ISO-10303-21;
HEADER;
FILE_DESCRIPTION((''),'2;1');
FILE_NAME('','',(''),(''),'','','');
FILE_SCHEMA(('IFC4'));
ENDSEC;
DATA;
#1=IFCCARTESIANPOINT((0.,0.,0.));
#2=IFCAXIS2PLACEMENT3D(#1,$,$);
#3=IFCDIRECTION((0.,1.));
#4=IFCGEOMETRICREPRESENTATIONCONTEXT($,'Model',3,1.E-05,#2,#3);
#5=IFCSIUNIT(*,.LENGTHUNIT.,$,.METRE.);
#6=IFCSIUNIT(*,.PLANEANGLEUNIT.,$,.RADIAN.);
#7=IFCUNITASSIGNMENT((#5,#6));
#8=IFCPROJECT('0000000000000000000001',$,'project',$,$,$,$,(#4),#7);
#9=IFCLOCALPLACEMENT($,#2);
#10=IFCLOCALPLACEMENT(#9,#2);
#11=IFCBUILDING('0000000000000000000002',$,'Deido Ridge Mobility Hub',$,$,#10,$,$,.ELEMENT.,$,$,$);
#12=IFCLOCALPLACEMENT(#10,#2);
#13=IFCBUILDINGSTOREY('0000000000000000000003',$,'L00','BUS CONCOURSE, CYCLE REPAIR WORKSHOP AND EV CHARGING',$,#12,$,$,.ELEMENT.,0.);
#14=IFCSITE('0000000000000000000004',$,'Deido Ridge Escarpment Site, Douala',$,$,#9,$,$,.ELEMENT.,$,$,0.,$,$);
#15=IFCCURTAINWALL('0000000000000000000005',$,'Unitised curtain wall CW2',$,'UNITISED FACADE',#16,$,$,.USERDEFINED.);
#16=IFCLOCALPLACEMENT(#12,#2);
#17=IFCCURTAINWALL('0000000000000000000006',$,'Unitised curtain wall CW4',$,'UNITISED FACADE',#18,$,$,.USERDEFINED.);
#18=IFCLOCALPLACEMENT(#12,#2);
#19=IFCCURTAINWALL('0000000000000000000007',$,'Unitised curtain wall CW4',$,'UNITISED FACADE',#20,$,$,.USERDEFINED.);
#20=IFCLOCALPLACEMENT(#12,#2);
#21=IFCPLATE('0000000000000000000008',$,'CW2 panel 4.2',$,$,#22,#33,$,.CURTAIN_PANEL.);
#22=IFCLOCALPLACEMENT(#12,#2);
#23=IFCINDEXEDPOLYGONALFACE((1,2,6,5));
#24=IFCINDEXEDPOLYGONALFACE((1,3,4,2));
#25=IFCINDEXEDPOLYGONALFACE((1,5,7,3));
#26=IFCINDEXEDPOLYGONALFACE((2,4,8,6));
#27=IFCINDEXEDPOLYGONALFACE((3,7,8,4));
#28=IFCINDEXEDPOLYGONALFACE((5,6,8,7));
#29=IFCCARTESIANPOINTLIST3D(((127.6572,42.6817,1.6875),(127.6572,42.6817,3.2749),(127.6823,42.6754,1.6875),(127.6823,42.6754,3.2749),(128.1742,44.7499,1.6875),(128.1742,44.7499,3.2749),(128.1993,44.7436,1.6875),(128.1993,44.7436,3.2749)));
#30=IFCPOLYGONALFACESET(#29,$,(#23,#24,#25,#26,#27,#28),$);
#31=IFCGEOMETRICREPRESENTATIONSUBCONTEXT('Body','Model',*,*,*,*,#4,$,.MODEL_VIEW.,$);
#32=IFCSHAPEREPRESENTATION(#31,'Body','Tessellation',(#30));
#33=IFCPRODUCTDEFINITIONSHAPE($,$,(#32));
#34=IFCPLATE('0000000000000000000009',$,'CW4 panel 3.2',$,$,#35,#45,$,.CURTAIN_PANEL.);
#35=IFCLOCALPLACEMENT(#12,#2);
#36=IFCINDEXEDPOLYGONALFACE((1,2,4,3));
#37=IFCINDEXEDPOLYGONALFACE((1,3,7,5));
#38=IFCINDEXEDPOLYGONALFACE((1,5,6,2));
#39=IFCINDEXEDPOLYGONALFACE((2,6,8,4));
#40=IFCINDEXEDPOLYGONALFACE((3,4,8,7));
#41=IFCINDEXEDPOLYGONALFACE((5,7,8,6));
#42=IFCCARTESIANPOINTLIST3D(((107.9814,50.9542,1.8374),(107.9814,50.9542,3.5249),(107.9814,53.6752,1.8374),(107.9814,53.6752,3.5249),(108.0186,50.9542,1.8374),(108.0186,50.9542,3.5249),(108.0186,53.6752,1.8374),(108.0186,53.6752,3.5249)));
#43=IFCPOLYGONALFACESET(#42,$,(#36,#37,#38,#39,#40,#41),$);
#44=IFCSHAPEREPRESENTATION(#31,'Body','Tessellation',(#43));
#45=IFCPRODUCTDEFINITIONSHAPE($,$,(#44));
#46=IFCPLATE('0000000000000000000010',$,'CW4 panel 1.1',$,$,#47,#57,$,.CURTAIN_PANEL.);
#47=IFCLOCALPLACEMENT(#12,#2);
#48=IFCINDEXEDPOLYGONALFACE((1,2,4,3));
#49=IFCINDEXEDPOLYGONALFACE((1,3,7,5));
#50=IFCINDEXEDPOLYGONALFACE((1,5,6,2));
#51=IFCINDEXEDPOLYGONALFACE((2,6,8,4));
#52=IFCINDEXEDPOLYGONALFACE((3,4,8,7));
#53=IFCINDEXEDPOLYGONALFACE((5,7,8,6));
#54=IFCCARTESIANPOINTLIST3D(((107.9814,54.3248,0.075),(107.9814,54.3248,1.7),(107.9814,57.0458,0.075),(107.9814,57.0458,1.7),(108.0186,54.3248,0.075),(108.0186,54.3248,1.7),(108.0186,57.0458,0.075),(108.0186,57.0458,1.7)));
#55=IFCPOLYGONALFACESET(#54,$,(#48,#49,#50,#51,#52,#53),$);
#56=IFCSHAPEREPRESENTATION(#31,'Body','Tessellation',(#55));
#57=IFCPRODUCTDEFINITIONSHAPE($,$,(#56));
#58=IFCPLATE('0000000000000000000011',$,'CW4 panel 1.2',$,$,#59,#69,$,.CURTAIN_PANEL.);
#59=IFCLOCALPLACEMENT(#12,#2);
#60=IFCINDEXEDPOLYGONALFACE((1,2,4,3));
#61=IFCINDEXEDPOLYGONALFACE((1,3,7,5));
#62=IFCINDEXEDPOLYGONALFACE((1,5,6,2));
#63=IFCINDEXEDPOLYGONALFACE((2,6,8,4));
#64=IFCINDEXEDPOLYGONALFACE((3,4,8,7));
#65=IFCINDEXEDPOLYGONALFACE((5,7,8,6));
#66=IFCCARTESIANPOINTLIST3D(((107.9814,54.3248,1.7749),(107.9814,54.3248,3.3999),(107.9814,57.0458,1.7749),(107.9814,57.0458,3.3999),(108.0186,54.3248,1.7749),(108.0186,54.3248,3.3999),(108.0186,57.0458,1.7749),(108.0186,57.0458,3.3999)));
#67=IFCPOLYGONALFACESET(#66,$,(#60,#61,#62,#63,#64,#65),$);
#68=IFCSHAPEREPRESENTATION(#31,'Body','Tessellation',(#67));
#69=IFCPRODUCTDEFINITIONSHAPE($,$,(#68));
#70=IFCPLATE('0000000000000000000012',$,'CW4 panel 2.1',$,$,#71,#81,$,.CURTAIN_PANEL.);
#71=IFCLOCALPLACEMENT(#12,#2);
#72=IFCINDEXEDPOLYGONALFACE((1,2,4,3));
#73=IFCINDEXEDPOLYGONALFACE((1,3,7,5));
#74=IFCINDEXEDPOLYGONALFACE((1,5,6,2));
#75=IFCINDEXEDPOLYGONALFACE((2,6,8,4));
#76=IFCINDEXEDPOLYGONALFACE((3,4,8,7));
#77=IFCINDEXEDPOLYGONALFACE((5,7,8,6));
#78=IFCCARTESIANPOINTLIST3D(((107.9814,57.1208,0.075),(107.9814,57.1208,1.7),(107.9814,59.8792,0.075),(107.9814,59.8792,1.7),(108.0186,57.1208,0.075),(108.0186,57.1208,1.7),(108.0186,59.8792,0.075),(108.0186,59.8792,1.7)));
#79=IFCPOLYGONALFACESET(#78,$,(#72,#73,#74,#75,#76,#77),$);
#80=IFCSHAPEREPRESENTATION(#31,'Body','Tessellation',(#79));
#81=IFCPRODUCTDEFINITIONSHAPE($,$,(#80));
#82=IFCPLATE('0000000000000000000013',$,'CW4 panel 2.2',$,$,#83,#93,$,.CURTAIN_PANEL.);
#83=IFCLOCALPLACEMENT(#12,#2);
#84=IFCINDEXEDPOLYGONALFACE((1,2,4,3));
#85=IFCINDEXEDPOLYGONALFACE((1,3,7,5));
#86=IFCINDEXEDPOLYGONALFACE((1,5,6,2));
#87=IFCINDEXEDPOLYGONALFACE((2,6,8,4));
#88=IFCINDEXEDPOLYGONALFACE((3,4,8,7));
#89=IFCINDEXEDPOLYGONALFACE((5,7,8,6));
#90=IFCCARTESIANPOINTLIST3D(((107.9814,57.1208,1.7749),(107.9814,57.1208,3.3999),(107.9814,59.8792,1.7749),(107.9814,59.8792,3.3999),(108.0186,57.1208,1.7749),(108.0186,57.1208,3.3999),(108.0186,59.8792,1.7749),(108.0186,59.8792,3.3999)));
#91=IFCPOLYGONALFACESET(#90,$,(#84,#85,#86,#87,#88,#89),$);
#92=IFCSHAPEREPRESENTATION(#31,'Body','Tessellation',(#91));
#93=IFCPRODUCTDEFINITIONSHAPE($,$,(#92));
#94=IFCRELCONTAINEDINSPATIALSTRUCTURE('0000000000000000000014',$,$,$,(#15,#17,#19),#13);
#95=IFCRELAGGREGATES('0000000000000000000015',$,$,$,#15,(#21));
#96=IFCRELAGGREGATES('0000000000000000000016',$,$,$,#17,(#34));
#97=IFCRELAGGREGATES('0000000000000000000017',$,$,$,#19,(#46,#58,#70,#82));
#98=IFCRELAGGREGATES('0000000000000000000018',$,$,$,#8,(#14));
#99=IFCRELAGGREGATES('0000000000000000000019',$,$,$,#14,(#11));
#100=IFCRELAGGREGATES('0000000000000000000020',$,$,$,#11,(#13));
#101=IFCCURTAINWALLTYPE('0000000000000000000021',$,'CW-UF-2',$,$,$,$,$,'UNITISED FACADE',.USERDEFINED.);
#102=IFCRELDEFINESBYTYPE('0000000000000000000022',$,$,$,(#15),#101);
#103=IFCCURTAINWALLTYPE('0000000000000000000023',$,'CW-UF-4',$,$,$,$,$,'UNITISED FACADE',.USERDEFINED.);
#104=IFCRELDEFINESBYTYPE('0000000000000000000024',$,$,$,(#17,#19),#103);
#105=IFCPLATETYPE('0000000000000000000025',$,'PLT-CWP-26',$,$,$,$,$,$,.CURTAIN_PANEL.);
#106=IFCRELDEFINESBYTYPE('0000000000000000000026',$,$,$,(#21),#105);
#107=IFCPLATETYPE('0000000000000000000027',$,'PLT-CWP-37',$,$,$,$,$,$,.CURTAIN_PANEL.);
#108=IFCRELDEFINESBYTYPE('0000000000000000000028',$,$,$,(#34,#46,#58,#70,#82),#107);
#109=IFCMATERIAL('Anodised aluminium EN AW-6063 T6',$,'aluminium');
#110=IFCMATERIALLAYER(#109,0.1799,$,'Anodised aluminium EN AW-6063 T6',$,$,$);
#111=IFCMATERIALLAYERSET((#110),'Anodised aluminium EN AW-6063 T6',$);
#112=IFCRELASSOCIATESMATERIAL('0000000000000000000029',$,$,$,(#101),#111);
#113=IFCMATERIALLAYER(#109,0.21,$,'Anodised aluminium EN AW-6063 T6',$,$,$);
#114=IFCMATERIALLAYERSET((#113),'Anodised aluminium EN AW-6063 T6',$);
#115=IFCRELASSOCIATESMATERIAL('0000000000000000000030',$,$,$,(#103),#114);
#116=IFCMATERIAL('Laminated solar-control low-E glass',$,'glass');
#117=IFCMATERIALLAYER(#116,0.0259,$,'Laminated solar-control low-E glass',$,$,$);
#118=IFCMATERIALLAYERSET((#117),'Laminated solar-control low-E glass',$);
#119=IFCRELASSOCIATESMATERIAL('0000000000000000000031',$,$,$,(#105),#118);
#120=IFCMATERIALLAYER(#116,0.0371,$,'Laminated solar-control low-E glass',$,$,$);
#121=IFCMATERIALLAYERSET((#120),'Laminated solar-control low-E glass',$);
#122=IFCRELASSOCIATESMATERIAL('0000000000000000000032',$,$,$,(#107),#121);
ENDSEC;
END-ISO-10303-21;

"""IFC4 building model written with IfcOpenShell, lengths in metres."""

from ifc_helpers import new_model, si_unit, direction, frame, origin, origin_2d, place, context, subcontext, project, spatial, rectangle, extrude, material, layer, layer_set, type_object, element, aggregate, save


model = new_model("IFC4")

# Units and contexts
model_context = context("Model", 3, precision=1e-05, world=origin(), true_north=direction((0.0, 1.0)))
body_context = subcontext(model_context, "Body", "Model", "MODEL_VIEW")
ifc_project = project(units=[si_unit("LENGTHUNIT", "METRE"), si_unit("PLANEANGLEUNIT", "RADIAN")], contexts=[model_context])

# Site, building, storey
site_placement = place(None, origin())
site = spatial("IfcSite", under=ifc_project, at=site_placement, Name="Deido Ridge Escarpment Site, Douala", CompositionType="ELEMENT", RefElevation=0.0)
building_placement = place(site_placement, origin())
building = spatial("IfcBuilding", under=site, at=building_placement, Name="Deido Ridge Mobility Hub", CompositionType="ELEMENT")
storey_placement = place(building_placement, origin())
storey = spatial("IfcBuildingStorey", under=building, at=storey_placement, Name="L00", Description="BUS CONCOURSE, CYCLE REPAIR WORKSHOP AND EV CHARGING", CompositionType="ELEMENT", Elevation=0.0)

# Curtain wall
ifc_material_1 = material(Name="Anodised aluminium EN AW-6063 T6", Category="aluminium")
ifc_layer_1 = layer(ifc_material_1, 0.1799, Name="Anodised aluminium EN AW-6063 T6")
ifc_layer_set_1 = layer_set([ifc_layer_1], Name="Anodised aluminium EN AW-6063 T6")
curtain_wall_type_1 = type_object("IfcCurtainWallType", Name="CW-UF-2", ElementType="UNITISED FACADE", PredefinedType="USERDEFINED", material=ifc_layer_set_1)
curtain_wall_1_placement = place(storey_placement, origin())
curtain_wall_1 = element("IfcCurtainWall", 1, at=curtain_wall_1_placement, inside=storey, type_object=curtain_wall_type_1, Name="Unitised curtain wall CW2", ObjectType="UNITISED FACADE", PredefinedType="USERDEFINED")

# Curtain wall
ifc_layer_2 = layer(ifc_material_1, 0.21, Name="Anodised aluminium EN AW-6063 T6")
ifc_layer_set_2 = layer_set([ifc_layer_2], Name="Anodised aluminium EN AW-6063 T6")
curtain_wall_type_2 = type_object("IfcCurtainWallType", Name="CW-UF-4", ElementType="UNITISED FACADE", PredefinedType="USERDEFINED", material=ifc_layer_set_2)
curtain_wall_2_placement = place(storey_placement, origin())
curtain_wall_2 = element("IfcCurtainWall", 2, at=curtain_wall_2_placement, inside=storey, type_object=curtain_wall_type_2, Name="Unitised curtain wall CW4", ObjectType="UNITISED FACADE", PredefinedType="USERDEFINED")

# Curtain wall
curtain_wall_3_placement = place(storey_placement, origin())
curtain_wall_3 = element("IfcCurtainWall", 3, at=curtain_wall_3_placement, inside=storey, type_object=curtain_wall_type_2, Name="Unitised curtain wall CW4", ObjectType="UNITISED FACADE", PredefinedType="USERDEFINED")

# Plates
ifc_material_2 = material(Name="Laminated solar-control low-E glass", Category="glass")
ifc_layer_3 = layer(ifc_material_2, 0.0259, Name="Laminated solar-control low-E glass")
ifc_layer_set_3 = layer_set([ifc_layer_3], Name="Laminated solar-control low-E glass")
plate_type_1 = type_object("IfcPlateType", Name="PLT-CWP-26", PredefinedType="CURTAIN_PANEL", material=ifc_layer_set_3)
plate_1_placement = place(storey_placement, frame((127.9282, 43.7126, 1.6875), z_axis=(0.0, 0.0, 1.0), x_axis=(0.24253, 0.970144, 0.0)))
plate_1 = element("IfcPlate", 4, at=plate_1_placement, type_object=plate_type_1, Name="CW2 panel 4.2", PredefinedType="CURTAIN_PANEL", context=body_context, shape_type="SweptSolid", body=[
    extrude(rectangle(XDim=2.1318, YDim=0.0259, at=origin_2d()), origin(), (0.0, 0.0, 1.0), 1.5874),
])
aggregate(curtain_wall_1, [plate_1])
ifc_layer_4 = layer(ifc_material_2, 0.0371, Name="Laminated solar-control low-E glass")
ifc_layer_set_4 = layer_set([ifc_layer_4], Name="Laminated solar-control low-E glass")
plate_type_2 = type_object("IfcPlateType", Name="PLT-CWP-37", PredefinedType="CURTAIN_PANEL", material=ifc_layer_set_4)
plate_2_placement = place(storey_placement, frame((108.0, 52.3147, 1.8374), z_axis=(0.0, 0.0, 1.0), x_axis=(0.0, 1.0, 0.0)))
plate_2 = element("IfcPlate", 5, at=plate_2_placement, type_object=plate_type_2, Name="CW4 panel 3.2", PredefinedType="CURTAIN_PANEL", context=body_context, shape_type="SweptSolid", body=[
    extrude(rectangle(XDim=2.7209, YDim=0.0371, at=origin_2d()), origin(), (0.0, 0.0, 1.0), 1.6875),
])
aggregate(curtain_wall_2, [plate_2])
plate_3_placement = place(storey_placement, frame((108.0, 55.6853, 0.075), z_axis=(0.0, 0.0, 1.0), x_axis=(0.0, 1.0, 0.0)))
plate_3 = element("IfcPlate", 6, at=plate_3_placement, type_object=plate_type_2, Name="CW4 panel 1.1", PredefinedType="CURTAIN_PANEL", context=body_context, shape_type="SweptSolid", body=[
    extrude(rectangle(XDim=2.7209, YDim=0.0371, at=origin_2d()), origin(), (0.0, 0.0, 1.0), 1.625),
])
plate_4_placement = place(storey_placement, frame((108.0, 55.6853, 1.7749), z_axis=(0.0, 0.0, 1.0), x_axis=(0.0, 1.0, 0.0)))
plate_4 = element("IfcPlate", 7, at=plate_4_placement, type_object=plate_type_2, Name="CW4 panel 1.2", PredefinedType="CURTAIN_PANEL", context=body_context, shape_type="SweptSolid", body=[
    extrude(rectangle(XDim=2.7209, YDim=0.0371, at=origin_2d()), origin(), (0.0, 0.0, 1.0), 1.625),
])
plate_5_placement = place(storey_placement, frame((108.0, 58.5, 0.075), z_axis=(0.0, 0.0, 1.0), x_axis=(0.0, 1.0, 0.0)))
plate_5 = element("IfcPlate", 8, at=plate_5_placement, type_object=plate_type_2, Name="CW4 panel 2.1", PredefinedType="CURTAIN_PANEL", context=body_context, shape_type="SweptSolid", body=[
    extrude(rectangle(XDim=2.7583, YDim=0.0371, at=origin_2d()), origin(), (0.0, 0.0, 1.0), 1.625),
])
plate_6_placement = place(storey_placement, frame((108.0, 58.5, 1.7749), z_axis=(0.0, 0.0, 1.0), x_axis=(0.0, 1.0, 0.0)))
plate_6 = element("IfcPlate", 9, at=plate_6_placement, type_object=plate_type_2, Name="CW4 panel 2.2", PredefinedType="CURTAIN_PANEL", context=body_context, shape_type="SweptSolid", body=[
    extrude(rectangle(XDim=2.7583, YDim=0.0371, at=origin_2d()), origin(), (0.0, 0.0, 1.0), 1.625),
])
aggregate(curtain_wall_3, [plate_3, plate_4, plate_5, plate_6])

save(model, "model.ifc")
